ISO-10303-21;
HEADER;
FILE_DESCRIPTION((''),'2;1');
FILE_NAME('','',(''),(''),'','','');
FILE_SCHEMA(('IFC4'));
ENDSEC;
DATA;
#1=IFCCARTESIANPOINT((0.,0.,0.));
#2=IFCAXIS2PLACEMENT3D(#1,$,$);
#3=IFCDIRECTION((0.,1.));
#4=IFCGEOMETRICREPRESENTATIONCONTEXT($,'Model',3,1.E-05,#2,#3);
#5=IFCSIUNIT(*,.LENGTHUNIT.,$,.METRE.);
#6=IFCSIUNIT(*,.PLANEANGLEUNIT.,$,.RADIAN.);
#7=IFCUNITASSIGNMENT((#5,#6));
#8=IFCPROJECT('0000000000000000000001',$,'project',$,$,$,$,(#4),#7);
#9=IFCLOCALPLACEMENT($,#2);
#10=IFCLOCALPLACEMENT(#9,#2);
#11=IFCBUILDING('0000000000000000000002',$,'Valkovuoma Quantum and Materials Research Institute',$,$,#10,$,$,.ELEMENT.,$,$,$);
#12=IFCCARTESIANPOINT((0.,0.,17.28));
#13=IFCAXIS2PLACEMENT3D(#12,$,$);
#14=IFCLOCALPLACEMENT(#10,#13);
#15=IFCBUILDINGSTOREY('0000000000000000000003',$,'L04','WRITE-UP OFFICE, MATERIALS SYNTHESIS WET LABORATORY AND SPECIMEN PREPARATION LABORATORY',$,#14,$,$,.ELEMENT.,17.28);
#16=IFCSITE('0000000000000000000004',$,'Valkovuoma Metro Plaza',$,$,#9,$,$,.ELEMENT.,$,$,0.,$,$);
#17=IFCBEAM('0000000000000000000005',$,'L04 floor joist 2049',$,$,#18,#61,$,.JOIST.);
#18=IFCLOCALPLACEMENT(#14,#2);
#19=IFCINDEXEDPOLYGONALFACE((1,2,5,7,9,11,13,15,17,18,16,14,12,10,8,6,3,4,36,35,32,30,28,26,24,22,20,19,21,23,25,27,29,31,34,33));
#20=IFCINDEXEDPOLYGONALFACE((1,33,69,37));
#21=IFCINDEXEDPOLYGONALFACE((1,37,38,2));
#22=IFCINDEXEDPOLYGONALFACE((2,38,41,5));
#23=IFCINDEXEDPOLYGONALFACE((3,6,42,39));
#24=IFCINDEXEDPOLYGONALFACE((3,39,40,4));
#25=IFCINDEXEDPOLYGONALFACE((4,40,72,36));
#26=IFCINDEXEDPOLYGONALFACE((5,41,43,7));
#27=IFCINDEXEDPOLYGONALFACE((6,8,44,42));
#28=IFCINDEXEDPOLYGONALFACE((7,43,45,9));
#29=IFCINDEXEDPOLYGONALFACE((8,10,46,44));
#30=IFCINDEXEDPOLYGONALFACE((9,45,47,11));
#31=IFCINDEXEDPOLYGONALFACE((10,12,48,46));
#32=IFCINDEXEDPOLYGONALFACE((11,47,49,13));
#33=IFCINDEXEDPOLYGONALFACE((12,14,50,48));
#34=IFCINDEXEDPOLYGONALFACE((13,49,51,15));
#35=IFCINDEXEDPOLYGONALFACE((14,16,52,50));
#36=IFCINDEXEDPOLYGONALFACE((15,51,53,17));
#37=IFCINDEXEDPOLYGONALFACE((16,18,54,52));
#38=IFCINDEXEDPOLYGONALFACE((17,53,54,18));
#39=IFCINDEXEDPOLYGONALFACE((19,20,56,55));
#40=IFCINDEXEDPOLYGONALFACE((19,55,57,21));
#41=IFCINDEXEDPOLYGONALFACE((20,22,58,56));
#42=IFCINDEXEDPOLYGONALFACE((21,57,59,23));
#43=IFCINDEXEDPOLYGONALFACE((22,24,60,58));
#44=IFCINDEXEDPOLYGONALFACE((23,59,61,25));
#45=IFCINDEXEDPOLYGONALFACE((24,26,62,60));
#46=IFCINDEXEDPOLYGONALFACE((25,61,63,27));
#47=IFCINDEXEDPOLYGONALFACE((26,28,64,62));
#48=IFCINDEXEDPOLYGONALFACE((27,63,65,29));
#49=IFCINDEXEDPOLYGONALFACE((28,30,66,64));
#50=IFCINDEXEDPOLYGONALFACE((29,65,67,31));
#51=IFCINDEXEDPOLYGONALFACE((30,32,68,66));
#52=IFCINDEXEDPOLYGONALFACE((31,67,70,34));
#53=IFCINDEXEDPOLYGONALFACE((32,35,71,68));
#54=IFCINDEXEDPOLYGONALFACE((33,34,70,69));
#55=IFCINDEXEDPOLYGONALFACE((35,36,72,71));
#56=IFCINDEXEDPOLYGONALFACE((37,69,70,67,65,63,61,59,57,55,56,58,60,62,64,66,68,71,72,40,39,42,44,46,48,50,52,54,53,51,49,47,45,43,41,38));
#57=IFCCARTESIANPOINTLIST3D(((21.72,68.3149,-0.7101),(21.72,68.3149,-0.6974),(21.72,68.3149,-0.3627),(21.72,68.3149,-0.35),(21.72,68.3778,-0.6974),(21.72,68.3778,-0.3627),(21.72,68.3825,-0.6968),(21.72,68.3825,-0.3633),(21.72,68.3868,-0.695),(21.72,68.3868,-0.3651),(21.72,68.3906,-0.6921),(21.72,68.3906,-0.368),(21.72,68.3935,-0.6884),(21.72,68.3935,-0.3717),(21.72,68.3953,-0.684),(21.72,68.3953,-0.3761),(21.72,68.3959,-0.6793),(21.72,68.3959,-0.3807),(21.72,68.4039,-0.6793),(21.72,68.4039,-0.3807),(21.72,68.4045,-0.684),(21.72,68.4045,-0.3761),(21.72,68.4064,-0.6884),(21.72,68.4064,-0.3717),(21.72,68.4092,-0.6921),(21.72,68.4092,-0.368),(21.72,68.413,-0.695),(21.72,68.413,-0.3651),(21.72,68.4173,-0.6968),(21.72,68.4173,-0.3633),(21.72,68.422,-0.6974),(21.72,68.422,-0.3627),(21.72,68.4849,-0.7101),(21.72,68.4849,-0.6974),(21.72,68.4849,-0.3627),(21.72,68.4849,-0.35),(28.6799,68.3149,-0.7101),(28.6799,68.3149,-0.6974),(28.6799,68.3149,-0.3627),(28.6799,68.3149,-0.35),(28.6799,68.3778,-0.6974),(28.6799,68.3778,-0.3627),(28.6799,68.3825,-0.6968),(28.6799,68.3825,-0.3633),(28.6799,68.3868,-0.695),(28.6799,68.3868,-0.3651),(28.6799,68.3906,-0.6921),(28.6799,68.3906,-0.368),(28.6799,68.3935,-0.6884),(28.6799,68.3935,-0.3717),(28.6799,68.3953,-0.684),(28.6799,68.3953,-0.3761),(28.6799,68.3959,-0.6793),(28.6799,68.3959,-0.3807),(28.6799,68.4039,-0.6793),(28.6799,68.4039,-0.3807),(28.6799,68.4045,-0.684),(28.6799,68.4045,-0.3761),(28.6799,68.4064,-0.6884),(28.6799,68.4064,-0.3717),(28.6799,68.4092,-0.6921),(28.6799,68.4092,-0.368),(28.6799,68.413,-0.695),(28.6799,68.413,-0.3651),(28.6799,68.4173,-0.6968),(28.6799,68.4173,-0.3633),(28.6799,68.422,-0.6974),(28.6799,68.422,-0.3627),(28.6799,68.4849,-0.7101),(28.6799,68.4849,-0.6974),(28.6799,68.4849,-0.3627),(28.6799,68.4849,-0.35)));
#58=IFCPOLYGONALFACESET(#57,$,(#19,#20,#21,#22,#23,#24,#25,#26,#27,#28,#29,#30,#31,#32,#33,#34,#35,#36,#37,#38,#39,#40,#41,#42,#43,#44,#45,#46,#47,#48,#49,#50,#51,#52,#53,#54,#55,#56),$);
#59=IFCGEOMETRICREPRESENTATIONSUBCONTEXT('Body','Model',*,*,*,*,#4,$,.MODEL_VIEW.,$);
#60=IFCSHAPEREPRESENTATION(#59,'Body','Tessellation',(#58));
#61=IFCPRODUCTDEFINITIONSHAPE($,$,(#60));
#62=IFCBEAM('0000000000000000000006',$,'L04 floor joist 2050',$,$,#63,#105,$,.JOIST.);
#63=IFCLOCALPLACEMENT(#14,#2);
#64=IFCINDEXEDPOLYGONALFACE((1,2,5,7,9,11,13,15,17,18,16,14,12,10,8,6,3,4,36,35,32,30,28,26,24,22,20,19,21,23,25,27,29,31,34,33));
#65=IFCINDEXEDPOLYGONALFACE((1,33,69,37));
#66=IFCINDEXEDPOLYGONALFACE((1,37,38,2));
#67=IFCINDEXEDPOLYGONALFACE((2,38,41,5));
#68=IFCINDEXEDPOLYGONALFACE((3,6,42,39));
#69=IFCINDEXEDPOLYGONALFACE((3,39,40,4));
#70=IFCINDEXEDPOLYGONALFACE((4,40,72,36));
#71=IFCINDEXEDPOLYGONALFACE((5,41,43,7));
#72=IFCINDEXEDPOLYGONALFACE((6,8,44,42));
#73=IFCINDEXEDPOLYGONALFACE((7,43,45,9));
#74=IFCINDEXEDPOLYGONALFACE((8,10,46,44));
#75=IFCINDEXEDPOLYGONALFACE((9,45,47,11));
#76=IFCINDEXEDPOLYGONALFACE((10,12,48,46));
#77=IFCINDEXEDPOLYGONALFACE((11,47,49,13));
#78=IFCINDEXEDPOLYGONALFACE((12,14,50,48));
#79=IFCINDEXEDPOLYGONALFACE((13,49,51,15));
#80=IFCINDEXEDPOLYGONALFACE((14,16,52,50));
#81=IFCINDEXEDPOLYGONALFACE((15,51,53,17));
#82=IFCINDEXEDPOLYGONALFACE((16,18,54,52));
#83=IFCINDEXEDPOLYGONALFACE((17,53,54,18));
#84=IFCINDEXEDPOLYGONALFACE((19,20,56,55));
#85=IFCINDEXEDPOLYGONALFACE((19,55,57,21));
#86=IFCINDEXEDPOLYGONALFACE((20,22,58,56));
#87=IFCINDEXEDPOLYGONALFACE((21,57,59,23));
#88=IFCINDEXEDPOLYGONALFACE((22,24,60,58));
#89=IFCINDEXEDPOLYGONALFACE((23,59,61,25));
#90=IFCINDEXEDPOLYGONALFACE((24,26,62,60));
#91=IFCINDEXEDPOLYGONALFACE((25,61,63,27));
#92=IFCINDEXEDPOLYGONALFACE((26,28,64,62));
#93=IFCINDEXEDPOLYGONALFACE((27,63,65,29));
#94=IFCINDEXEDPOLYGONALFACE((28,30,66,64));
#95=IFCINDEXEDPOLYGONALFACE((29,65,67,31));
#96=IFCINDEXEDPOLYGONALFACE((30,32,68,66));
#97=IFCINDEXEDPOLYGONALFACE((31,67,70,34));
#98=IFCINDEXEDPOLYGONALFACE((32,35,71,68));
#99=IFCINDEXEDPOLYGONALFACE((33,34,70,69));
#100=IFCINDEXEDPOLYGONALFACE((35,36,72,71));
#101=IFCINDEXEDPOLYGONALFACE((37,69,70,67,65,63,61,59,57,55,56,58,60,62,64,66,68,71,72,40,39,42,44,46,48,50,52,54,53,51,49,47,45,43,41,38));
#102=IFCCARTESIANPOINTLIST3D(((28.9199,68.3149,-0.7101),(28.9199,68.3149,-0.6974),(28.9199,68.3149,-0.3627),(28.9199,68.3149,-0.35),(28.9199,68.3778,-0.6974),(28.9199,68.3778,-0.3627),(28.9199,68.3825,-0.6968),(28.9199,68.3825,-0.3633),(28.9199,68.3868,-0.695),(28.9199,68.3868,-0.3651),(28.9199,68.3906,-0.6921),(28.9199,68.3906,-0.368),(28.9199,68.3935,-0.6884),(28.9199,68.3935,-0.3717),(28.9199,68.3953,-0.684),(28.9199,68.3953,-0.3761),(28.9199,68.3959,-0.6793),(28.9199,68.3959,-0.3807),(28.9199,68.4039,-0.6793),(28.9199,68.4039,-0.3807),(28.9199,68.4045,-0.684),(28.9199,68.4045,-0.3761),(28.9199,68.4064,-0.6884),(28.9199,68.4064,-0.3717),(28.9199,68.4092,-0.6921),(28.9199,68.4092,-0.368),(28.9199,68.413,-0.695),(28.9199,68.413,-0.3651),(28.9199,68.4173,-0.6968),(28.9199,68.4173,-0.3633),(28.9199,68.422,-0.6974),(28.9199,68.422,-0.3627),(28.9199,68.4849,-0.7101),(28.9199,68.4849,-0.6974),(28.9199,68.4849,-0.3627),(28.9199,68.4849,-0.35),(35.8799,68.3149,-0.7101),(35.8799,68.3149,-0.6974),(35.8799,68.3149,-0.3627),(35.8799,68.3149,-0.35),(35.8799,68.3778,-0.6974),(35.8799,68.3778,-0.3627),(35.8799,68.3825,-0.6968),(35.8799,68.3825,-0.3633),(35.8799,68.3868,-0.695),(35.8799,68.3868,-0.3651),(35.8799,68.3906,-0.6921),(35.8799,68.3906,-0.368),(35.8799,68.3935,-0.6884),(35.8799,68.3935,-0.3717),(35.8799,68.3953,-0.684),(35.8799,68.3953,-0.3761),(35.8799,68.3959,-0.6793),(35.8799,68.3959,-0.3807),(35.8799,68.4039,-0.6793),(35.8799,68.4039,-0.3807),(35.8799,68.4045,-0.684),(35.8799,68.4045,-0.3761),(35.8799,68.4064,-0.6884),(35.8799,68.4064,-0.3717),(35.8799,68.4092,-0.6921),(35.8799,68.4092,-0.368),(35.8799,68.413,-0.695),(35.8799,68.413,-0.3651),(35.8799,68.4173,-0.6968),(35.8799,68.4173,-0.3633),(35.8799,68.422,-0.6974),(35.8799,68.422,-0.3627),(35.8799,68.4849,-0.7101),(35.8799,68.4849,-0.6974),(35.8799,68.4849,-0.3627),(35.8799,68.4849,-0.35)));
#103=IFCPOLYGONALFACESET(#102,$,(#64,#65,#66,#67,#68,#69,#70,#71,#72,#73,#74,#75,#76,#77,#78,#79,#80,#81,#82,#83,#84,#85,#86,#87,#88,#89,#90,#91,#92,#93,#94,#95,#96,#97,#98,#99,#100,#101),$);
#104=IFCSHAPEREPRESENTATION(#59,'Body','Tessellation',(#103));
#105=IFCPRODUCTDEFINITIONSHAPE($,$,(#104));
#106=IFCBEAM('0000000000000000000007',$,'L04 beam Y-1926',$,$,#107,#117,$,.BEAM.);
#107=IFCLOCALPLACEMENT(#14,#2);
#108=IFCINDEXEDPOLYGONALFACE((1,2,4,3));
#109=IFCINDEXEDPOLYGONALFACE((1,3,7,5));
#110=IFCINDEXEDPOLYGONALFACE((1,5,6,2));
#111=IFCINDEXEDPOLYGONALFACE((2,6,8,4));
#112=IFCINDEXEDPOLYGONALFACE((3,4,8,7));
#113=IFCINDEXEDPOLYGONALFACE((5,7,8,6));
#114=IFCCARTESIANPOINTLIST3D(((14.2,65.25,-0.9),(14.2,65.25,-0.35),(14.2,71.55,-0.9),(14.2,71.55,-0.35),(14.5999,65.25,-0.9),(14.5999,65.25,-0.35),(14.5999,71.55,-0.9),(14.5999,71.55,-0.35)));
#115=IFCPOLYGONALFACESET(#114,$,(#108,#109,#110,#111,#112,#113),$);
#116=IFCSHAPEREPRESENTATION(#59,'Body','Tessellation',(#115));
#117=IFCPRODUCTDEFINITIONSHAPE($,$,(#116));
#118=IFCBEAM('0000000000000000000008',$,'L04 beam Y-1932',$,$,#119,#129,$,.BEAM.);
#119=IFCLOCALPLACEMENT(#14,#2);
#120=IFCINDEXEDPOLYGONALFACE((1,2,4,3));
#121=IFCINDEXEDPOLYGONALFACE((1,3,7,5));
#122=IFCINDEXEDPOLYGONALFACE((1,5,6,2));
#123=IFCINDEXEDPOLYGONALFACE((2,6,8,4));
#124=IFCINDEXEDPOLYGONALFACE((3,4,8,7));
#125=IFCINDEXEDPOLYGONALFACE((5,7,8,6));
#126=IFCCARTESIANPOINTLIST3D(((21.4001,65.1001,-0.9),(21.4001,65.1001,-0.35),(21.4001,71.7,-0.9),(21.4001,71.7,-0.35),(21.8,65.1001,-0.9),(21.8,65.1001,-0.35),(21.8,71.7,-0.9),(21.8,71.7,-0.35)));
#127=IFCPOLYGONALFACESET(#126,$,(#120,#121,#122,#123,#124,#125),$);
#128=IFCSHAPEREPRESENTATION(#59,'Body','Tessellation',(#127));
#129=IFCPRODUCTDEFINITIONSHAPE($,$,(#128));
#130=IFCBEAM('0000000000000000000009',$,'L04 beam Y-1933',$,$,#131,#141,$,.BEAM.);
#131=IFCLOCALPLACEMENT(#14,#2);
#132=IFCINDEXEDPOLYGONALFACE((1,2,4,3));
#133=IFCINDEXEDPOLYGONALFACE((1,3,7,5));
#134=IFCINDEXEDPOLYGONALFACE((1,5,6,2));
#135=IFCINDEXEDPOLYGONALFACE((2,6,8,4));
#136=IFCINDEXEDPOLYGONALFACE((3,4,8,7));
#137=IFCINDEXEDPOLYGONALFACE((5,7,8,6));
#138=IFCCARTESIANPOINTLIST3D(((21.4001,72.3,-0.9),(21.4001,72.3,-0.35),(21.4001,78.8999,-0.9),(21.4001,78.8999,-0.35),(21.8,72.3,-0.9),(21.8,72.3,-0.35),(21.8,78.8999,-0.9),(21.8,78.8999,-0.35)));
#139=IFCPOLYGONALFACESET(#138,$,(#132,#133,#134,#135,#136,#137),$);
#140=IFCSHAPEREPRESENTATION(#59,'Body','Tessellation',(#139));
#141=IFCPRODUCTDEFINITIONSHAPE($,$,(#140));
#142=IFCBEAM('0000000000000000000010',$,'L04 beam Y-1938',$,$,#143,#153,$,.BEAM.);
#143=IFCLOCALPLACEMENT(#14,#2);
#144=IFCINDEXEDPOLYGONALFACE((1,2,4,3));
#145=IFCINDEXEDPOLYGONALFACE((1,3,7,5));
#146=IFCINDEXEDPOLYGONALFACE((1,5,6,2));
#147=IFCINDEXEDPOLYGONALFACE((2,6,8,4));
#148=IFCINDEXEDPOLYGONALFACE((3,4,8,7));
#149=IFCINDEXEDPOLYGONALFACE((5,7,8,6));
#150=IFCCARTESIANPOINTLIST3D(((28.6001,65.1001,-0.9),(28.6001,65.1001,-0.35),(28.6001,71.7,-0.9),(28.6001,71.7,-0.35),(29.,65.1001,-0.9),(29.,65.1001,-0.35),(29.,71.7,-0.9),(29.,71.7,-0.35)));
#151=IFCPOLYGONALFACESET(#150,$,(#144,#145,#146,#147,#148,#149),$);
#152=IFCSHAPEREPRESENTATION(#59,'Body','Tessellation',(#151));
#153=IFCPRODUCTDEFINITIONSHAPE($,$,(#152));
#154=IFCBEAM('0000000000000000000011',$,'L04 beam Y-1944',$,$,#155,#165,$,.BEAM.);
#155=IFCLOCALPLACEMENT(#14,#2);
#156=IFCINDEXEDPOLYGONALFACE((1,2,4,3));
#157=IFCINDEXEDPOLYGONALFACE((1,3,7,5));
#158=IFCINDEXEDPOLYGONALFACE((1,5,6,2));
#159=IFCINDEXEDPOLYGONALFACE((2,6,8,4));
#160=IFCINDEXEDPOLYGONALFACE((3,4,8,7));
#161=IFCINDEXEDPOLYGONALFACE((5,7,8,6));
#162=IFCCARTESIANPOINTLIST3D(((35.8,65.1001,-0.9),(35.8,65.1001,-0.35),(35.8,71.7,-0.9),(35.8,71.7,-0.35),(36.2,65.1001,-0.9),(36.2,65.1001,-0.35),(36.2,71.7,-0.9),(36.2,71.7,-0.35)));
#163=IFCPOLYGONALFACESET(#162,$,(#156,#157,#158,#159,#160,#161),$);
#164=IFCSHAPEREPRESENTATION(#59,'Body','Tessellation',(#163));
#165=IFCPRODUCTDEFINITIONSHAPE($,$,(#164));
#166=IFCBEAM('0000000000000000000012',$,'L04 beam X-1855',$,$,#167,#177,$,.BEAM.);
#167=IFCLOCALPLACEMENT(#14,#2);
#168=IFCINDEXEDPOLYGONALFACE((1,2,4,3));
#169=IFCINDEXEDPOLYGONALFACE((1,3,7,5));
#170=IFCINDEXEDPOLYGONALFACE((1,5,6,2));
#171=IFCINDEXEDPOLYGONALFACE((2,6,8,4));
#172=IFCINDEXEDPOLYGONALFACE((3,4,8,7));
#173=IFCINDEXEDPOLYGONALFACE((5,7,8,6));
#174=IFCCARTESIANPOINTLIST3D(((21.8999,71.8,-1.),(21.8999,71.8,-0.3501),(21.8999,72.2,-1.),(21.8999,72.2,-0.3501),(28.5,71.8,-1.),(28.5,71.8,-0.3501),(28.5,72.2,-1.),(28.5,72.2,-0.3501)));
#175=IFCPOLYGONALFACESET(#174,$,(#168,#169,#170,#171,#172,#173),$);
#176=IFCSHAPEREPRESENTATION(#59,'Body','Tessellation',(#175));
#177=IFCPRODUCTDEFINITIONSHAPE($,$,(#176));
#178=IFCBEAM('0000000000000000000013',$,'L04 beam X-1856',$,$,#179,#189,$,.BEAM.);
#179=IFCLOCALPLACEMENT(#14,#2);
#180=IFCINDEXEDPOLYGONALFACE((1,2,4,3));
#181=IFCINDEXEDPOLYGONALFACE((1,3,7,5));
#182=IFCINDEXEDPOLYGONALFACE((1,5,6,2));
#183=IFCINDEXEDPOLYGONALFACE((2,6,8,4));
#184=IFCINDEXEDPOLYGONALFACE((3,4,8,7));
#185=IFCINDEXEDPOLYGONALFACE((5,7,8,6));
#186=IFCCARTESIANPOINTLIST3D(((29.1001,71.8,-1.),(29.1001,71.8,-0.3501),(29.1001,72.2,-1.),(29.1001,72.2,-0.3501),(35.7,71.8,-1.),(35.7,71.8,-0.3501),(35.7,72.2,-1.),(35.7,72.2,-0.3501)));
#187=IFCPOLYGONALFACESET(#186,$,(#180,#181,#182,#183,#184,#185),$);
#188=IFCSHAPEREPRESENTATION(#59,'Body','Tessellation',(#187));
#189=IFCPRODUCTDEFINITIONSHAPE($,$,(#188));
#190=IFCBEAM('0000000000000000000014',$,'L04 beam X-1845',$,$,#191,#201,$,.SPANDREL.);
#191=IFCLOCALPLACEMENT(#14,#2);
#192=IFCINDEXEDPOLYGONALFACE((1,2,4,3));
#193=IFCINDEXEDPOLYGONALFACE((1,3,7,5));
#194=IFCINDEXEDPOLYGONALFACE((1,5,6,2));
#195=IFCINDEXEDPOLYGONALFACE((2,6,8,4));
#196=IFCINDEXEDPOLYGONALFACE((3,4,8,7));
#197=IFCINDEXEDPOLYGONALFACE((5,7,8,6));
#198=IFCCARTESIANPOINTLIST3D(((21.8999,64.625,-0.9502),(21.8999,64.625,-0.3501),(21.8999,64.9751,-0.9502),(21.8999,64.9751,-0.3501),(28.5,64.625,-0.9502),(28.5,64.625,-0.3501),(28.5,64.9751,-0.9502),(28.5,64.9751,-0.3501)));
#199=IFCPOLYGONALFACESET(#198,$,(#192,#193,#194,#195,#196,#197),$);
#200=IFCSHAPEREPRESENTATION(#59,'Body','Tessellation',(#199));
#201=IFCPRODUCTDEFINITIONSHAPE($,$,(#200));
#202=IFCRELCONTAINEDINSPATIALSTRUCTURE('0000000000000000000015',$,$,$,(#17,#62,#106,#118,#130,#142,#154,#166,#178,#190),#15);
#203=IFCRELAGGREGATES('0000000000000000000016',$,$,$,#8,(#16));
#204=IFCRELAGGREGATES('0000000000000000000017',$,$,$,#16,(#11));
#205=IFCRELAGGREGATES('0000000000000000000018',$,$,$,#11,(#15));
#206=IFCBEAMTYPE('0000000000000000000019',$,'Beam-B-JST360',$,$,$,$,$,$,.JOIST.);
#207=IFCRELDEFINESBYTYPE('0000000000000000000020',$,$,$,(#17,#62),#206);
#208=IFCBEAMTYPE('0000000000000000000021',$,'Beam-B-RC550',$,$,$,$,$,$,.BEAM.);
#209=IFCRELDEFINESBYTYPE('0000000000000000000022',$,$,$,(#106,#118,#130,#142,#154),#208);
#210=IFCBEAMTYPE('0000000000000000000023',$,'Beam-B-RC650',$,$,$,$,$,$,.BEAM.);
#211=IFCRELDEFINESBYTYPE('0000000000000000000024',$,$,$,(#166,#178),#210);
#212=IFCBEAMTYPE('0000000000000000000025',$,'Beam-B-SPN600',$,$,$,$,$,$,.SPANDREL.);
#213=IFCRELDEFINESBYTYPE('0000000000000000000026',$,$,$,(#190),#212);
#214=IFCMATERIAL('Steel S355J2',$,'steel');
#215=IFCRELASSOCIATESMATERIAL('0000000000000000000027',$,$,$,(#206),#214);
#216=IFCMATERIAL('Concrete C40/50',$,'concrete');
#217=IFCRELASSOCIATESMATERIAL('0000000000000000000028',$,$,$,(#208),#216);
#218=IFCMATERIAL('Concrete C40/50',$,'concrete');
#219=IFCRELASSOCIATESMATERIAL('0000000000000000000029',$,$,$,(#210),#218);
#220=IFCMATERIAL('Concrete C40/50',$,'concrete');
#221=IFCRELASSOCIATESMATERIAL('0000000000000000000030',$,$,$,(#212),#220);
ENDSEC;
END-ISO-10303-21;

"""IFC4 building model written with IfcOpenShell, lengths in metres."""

from ifc_helpers import new_model, si_unit, direction, frame, origin, origin_2d, place, context, subcontext, project, spatial, rectangle, i_section, extrude, material, material_profile, profile_set, type_object, element, save


model = new_model("IFC4")

# Units and contexts
model_context = context("Model", 3, precision=1e-05, world=origin(), true_north=direction((0.0, 1.0)))
body_context = subcontext(model_context, "Body", "Model", "MODEL_VIEW")
ifc_project = project(units=[si_unit("LENGTHUNIT", "METRE"), si_unit("PLANEANGLEUNIT", "RADIAN")], contexts=[model_context])

# Site, building, storey
site_placement = place(None, origin())
site = spatial("IfcSite", under=ifc_project, at=site_placement, Name="Valkovuoma Metro Plaza", CompositionType="ELEMENT", RefElevation=0.0)
building_placement = place(site_placement, origin())
building = spatial("IfcBuilding", under=site, at=building_placement, Name="Valkovuoma Quantum and Materials Research Institute", CompositionType="ELEMENT")
storey_placement = place(building_placement, frame((0.0, 0.0, 17.28)))
storey = spatial("IfcBuildingStorey", under=building, at=storey_placement, Name="L04", Description="WRITE-UP OFFICE, MATERIALS SYNTHESIS WET LABORATORY AND SPECIMEN PREPARATION LABORATORY", CompositionType="ELEMENT", Elevation=17.28)

# Beams
ifc_material_1 = material(Name="Steel S355J2", Category="steel")
ifc_material_profile_1 = material_profile(ifc_material_1, i_section(OverallWidth=0.1699, OverallDepth=0.3601, WebThickness=0.0081, FlangeThickness=0.0127, FilletRadius=0.0181, at=origin_2d()), Name="Steel S355J2")
ifc_profile_set_1 = profile_set([ifc_material_profile_1], Name="Steel S355J2")
beam_type_1 = type_object("IfcBeamType", Name="Beam-B-JST360", PredefinedType="JOIST", material=ifc_profile_set_1)
for number, where, z_axis, x_axis, name in (
    (1, (21.72, 68.3999, -0.53), (1.0, 0.0, 0.0), (0.0, 1.0, 0.0), "L04 floor joist 2049"),
    (2, (28.9199, 68.3999, -0.53), (1.0, 0.0, 0.0), (0.0, 1.0, 0.0), "L04 floor joist 2050"),
):
    element("IfcBeam", number, at=place(storey_placement, frame(where, z_axis=z_axis, x_axis=x_axis)), inside=storey, type_object=beam_type_1, Name=name, PredefinedType="JOIST", context=body_context, shape_type="SweptSolid", body=[
        extrude(i_section(OverallWidth=0.1699, OverallDepth=0.3601, WebThickness=0.0081, FlangeThickness=0.0127, FilletRadius=0.0181, at=origin_2d()), origin(), (0.0, 0.0, 1.0), 6.96),
    ])
ifc_material_2 = material(Name="Concrete C40/50", Category="concrete")
ifc_material_profile_2 = material_profile(ifc_material_2, rectangle(XDim=0.3999, YDim=0.55, at=origin_2d()), Name="Concrete C40/50")
ifc_profile_set_2 = profile_set([ifc_material_profile_2], Name="Concrete C40/50")
beam_type_2 = type_object("IfcBeamType", Name="Beam-B-RC550", PredefinedType="BEAM", material=ifc_profile_set_2)
beam_1_placement = place(storey_placement, frame((14.3999, 65.25, -0.625), z_axis=(0.0, 1.0, 0.0), x_axis=(-1.0, 0.0, 0.0)))
element("IfcBeam", 3, at=beam_1_placement, inside=storey, type_object=beam_type_2, Name="L04 beam Y-1926", PredefinedType="BEAM", context=body_context, shape_type="SweptSolid", body=[
    extrude(rectangle(XDim=0.3999, YDim=0.55, at=origin_2d()), origin(), (0.0, 0.0, 1.0), 6.3),
])
for number, where, z_axis, x_axis, name in (
    (4, (21.6001, 65.1001, -0.625), (0.0, 1.0, 0.0), (-1.0, 0.0, 0.0), "L04 beam Y-1932"),
    (5, (21.6001, 72.3, -0.625), (0.0, 1.0, 0.0), (-1.0, 0.0, 0.0), "L04 beam Y-1933"),
    (6, (28.8, 65.1001, -0.625), (0.0, 1.0, 0.0), (-1.0, 0.0, 0.0), "L04 beam Y-1938"),
    (7, (36.0, 65.1001, -0.625), (0.0, 1.0, 0.0), (-1.0, 0.0, 0.0), "L04 beam Y-1944"),
):
    element("IfcBeam", number, at=place(storey_placement, frame(where, z_axis=z_axis, x_axis=x_axis)), inside=storey, type_object=beam_type_2, Name=name, PredefinedType="BEAM", context=body_context, shape_type="SweptSolid", body=[
        extrude(rectangle(XDim=0.3999, YDim=0.55, at=origin_2d()), origin(), (0.0, 0.0, 1.0), 6.5999),
    ])
ifc_material_3 = material(Name="Concrete C40/50", Category="concrete")
ifc_material_profile_3 = material_profile(ifc_material_3, rectangle(XDim=0.3999, YDim=0.6499, at=origin_2d()), Name="Concrete C40/50")
ifc_profile_set_3 = profile_set([ifc_material_profile_3], Name="Concrete C40/50")
beam_type_3 = type_object("IfcBeamType", Name="Beam-B-RC650", PredefinedType="BEAM", material=ifc_profile_set_3)
beam_2_placement = place(storey_placement, frame((21.8999, 72.0, -0.675), z_axis=(1.0, 0.0, 0.0), x_axis=(0.0, 1.0, 0.0)))
element("IfcBeam", 8, at=beam_2_placement, inside=storey, type_object=beam_type_3, Name="L04 beam X-1855", PredefinedType="BEAM", context=body_context, shape_type="SweptSolid", body=[
    extrude(rectangle(XDim=0.3999, YDim=0.6499, at=origin_2d()), origin(), (0.0, 0.0, 1.0), 6.6001),
])
beam_3_placement = place(storey_placement, frame((29.1001, 72.0, -0.675), z_axis=(1.0, 0.0, 0.0), x_axis=(0.0, 1.0, 0.0)))
element("IfcBeam", 9, at=beam_3_placement, inside=storey, type_object=beam_type_3, Name="L04 beam X-1856", PredefinedType="BEAM", context=body_context, shape_type="SweptSolid", body=[
    extrude(rectangle(XDim=0.3999, YDim=0.6499, at=origin_2d()), origin(), (0.0, 0.0, 1.0), 6.5999),
])
ifc_material_4 = material(Name="Concrete C40/50", Category="concrete")
ifc_material_profile_4 = material_profile(ifc_material_4, rectangle(XDim=0.3501, YDim=0.6001, at=origin_2d()), Name="Concrete C40/50")
ifc_profile_set_4 = profile_set([ifc_material_profile_4], Name="Concrete C40/50")
beam_type_4 = type_object("IfcBeamType", Name="Beam-B-SPN600", PredefinedType="SPANDREL", material=ifc_profile_set_4)
beam_4_placement = place(storey_placement, frame((21.8999, 64.8, -0.6501), z_axis=(1.0, 0.0, 0.0), x_axis=(0.0, 1.0, 0.0)))
element("IfcBeam", 10, at=beam_4_placement, inside=storey, type_object=beam_type_4, Name="L04 beam X-1845", PredefinedType="SPANDREL", context=body_context, shape_type="SweptSolid", body=[
    extrude(rectangle(XDim=0.3501, YDim=0.6001, at=origin_2d()), origin(), (0.0, 0.0, 1.0), 6.6001),
])

save(model, "model.ifc")
